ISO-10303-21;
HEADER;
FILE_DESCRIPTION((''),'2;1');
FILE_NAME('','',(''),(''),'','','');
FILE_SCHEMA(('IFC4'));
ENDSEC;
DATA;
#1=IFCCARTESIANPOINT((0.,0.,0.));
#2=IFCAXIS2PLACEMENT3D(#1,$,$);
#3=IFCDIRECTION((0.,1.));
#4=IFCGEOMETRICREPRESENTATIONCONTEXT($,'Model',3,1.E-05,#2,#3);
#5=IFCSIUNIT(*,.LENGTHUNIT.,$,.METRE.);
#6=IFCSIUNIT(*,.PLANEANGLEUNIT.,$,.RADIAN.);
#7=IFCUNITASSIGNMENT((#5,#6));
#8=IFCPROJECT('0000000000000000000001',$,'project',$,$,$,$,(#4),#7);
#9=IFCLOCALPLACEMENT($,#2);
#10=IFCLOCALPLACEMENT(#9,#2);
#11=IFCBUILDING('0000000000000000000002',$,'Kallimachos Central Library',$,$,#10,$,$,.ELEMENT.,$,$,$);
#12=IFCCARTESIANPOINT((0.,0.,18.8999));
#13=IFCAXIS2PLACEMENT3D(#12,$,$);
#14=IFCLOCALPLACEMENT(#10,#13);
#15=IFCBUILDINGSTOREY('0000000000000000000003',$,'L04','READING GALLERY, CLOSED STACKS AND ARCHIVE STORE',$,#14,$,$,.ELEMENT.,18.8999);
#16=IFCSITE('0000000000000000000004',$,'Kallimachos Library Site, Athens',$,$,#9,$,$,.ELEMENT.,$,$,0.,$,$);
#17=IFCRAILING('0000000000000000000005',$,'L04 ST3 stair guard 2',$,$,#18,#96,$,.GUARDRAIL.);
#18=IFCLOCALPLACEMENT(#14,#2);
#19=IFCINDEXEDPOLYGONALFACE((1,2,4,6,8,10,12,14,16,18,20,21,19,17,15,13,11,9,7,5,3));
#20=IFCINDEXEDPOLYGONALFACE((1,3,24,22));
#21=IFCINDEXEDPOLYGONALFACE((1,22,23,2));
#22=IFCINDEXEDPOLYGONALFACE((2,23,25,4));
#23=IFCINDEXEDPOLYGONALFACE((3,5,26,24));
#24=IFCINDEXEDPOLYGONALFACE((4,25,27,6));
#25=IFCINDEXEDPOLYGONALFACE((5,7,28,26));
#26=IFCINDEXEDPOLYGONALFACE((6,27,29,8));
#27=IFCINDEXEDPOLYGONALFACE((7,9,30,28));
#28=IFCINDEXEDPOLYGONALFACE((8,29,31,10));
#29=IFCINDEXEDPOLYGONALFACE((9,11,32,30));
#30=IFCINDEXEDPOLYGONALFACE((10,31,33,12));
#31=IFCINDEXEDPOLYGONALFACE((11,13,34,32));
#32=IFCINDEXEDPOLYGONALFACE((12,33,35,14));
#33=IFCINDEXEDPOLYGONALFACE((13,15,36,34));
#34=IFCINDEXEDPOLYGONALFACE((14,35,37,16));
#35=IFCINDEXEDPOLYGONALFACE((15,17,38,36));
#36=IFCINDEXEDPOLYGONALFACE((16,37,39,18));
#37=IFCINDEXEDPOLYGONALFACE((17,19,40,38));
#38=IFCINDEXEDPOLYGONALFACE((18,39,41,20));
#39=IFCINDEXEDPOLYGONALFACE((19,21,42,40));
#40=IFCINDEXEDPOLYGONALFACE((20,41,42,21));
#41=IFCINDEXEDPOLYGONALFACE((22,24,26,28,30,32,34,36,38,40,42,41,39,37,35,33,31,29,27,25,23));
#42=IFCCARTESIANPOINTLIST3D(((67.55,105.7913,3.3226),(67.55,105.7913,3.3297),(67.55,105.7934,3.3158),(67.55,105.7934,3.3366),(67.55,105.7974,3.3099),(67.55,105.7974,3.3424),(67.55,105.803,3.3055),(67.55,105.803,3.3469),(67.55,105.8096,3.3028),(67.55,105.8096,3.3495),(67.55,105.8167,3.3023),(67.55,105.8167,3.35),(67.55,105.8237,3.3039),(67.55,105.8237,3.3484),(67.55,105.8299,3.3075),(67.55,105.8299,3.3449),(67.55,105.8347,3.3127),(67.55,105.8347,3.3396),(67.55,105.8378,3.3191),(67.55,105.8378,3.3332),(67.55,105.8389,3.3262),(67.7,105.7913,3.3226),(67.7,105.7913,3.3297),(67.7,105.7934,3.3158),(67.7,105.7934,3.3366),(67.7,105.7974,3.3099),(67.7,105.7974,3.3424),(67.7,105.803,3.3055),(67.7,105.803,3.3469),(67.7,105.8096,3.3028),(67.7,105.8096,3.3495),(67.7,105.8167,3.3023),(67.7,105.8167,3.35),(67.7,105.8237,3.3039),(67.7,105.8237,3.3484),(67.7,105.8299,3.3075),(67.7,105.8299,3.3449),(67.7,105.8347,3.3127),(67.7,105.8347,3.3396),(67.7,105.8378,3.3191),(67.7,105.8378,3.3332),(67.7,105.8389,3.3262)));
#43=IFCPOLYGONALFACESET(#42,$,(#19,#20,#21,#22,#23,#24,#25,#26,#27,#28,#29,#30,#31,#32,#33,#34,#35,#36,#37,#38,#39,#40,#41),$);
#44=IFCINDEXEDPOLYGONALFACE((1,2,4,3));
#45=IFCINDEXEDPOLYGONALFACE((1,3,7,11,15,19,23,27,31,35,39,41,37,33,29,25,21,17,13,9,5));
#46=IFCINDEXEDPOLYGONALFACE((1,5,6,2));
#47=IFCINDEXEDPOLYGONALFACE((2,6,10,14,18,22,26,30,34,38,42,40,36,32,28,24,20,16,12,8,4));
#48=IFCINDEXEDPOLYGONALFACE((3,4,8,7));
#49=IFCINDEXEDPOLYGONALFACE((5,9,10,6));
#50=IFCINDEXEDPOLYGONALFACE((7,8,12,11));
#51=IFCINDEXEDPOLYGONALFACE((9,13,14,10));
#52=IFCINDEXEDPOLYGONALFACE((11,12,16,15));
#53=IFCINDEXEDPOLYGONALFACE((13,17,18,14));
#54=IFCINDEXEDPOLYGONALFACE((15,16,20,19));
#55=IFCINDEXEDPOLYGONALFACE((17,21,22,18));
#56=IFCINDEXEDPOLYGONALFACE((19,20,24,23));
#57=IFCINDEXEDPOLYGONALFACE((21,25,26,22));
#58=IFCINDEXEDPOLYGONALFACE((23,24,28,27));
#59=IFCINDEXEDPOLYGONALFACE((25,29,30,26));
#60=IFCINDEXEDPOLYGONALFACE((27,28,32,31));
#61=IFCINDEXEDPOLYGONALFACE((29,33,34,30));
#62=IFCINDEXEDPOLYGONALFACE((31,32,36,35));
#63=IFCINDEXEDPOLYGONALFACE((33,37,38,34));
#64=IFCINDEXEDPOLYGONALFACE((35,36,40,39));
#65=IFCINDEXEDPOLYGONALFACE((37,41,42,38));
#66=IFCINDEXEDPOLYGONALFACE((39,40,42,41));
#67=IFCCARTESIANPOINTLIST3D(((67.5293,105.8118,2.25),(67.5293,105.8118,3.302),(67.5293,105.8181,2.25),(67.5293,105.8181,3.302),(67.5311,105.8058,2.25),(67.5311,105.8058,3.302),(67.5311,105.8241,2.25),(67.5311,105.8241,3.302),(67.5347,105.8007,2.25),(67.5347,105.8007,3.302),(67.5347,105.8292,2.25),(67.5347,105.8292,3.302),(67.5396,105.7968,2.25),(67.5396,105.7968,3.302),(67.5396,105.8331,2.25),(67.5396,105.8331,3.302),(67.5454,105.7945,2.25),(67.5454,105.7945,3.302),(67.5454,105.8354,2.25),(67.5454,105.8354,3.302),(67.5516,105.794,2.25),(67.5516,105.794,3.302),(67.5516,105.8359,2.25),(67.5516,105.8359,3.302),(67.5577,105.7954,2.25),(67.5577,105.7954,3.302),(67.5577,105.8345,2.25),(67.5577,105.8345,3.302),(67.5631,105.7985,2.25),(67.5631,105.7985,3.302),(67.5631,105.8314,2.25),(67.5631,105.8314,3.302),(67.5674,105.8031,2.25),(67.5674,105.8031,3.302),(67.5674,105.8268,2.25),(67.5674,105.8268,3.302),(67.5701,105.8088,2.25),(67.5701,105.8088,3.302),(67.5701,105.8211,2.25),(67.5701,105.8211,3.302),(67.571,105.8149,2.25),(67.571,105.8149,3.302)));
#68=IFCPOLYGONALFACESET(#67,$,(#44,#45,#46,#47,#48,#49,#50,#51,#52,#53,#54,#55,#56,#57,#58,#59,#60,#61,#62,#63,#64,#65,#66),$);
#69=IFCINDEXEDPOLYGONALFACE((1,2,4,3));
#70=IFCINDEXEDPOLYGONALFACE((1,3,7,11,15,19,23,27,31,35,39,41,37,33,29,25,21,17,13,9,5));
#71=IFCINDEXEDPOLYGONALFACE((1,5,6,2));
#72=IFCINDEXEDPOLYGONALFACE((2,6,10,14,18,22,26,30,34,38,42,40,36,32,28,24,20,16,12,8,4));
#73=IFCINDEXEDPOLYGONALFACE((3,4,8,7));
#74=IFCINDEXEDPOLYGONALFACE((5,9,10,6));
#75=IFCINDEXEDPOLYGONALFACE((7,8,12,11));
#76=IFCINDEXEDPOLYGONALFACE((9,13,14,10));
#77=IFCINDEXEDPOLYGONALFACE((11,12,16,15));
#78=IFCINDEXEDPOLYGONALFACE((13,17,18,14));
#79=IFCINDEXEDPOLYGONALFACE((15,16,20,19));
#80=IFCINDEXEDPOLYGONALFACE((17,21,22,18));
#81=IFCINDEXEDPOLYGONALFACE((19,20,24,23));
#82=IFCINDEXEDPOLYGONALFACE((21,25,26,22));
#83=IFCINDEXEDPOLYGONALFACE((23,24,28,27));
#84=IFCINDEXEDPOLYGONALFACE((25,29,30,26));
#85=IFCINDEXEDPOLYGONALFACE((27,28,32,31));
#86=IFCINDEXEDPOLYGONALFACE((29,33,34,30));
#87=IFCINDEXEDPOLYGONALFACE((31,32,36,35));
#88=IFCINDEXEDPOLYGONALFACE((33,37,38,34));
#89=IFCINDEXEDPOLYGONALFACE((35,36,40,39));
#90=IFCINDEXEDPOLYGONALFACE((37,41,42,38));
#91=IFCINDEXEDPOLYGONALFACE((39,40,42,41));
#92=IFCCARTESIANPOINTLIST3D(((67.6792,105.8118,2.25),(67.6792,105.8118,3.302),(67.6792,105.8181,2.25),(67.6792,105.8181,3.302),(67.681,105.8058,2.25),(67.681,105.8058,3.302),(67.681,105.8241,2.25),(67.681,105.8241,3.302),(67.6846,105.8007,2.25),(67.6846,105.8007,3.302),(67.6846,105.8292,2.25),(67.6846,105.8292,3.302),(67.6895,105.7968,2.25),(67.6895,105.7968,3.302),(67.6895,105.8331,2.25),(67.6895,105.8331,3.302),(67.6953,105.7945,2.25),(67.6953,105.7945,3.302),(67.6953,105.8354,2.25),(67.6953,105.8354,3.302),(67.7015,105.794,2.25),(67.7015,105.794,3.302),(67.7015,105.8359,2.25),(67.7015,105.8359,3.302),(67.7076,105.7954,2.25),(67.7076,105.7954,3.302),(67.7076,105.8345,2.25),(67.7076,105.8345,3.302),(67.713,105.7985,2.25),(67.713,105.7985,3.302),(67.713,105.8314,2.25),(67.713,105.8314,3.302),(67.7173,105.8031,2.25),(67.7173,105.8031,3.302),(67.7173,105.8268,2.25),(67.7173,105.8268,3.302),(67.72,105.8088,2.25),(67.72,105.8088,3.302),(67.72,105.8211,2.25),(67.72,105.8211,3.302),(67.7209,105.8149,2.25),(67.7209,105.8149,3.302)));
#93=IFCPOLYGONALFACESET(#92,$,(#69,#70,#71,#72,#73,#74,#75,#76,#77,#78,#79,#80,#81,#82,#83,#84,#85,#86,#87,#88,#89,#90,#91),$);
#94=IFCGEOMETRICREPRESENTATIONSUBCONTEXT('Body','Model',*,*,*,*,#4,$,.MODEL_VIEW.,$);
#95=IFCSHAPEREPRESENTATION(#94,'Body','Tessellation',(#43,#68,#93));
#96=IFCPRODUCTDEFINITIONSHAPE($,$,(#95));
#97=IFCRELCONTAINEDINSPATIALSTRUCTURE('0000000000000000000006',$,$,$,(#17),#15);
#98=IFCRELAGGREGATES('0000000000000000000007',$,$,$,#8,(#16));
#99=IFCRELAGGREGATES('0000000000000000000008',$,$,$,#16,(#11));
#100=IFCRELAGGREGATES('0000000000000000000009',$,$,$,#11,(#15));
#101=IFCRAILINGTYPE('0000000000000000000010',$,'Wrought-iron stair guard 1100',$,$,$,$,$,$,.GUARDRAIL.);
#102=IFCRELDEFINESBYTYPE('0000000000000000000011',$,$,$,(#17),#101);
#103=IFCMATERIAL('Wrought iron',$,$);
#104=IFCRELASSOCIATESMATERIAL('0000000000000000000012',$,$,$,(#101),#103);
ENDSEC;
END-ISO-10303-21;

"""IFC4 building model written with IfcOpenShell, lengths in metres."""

from ifc_helpers import new_model, si_unit, direction, frame, origin, origin_2d, place, context, subcontext, project, spatial, circle, extrude, material, type_object, element, save


model = new_model("IFC4")

# Units and contexts
model_context = context("Model", 3, precision=1e-05, world=origin(), true_north=direction((0.0, 1.0)))
body_context = subcontext(model_context, "Body", "Model", "MODEL_VIEW")
ifc_project = project(units=[si_unit("LENGTHUNIT", "METRE"), si_unit("PLANEANGLEUNIT", "RADIAN")], contexts=[model_context])

# Site, building, storey
site_placement = place(None, origin())
site = spatial("IfcSite", under=ifc_project, at=site_placement, Name="Kallimachos Library Site, Athens", CompositionType="ELEMENT", RefElevation=0.0)
building_placement = place(site_placement, origin())
building = spatial("IfcBuilding", under=site, at=building_placement, Name="Kallimachos Central Library", CompositionType="ELEMENT")
storey_placement = place(building_placement, frame((0.0, 0.0, 18.8999)))
storey = spatial("IfcBuildingStorey", under=building, at=storey_placement, Name="L04", Description="READING GALLERY, CLOSED STACKS AND ARCHIVE STORE", CompositionType="ELEMENT", Elevation=18.8999)

# Railing
ifc_material_1 = material(Name="Wrought iron")
railing_type_1 = type_object("IfcRailingType", Name="Wrought-iron stair guard 1100", PredefinedType="GUARDRAIL", material=ifc_material_1)
railing_1_placement = place(storey_placement, frame((67.55, 105.8149, 2.25)))
element("IfcRailing", 1, at=railing_1_placement, inside=storey, type_object=railing_type_1, Name="L04 ST3 stair guard 2", PredefinedType="GUARDRAIL", context=body_context, shape_type="SweptSolid", body=[
    extrude(circle(Radius=0.0239, at=origin_2d()), frame((0.0, 0.0, 1.0762), z_axis=(1.0, 0.0, 0.0), x_axis=(0.0, 1.0, 0.0)), (0.0, 0.0, 1.0), 0.1499),
    extrude(circle(Radius=0.021, at=origin_2d()), origin(), (0.0, 0.0, 1.0), 1.052),
    extrude(circle(Radius=0.021, at=origin_2d()), frame((0.1499, 0.0, 0.0)), (0.0, 0.0, 1.0), 1.052),
])

save(model, "model.ifc")
